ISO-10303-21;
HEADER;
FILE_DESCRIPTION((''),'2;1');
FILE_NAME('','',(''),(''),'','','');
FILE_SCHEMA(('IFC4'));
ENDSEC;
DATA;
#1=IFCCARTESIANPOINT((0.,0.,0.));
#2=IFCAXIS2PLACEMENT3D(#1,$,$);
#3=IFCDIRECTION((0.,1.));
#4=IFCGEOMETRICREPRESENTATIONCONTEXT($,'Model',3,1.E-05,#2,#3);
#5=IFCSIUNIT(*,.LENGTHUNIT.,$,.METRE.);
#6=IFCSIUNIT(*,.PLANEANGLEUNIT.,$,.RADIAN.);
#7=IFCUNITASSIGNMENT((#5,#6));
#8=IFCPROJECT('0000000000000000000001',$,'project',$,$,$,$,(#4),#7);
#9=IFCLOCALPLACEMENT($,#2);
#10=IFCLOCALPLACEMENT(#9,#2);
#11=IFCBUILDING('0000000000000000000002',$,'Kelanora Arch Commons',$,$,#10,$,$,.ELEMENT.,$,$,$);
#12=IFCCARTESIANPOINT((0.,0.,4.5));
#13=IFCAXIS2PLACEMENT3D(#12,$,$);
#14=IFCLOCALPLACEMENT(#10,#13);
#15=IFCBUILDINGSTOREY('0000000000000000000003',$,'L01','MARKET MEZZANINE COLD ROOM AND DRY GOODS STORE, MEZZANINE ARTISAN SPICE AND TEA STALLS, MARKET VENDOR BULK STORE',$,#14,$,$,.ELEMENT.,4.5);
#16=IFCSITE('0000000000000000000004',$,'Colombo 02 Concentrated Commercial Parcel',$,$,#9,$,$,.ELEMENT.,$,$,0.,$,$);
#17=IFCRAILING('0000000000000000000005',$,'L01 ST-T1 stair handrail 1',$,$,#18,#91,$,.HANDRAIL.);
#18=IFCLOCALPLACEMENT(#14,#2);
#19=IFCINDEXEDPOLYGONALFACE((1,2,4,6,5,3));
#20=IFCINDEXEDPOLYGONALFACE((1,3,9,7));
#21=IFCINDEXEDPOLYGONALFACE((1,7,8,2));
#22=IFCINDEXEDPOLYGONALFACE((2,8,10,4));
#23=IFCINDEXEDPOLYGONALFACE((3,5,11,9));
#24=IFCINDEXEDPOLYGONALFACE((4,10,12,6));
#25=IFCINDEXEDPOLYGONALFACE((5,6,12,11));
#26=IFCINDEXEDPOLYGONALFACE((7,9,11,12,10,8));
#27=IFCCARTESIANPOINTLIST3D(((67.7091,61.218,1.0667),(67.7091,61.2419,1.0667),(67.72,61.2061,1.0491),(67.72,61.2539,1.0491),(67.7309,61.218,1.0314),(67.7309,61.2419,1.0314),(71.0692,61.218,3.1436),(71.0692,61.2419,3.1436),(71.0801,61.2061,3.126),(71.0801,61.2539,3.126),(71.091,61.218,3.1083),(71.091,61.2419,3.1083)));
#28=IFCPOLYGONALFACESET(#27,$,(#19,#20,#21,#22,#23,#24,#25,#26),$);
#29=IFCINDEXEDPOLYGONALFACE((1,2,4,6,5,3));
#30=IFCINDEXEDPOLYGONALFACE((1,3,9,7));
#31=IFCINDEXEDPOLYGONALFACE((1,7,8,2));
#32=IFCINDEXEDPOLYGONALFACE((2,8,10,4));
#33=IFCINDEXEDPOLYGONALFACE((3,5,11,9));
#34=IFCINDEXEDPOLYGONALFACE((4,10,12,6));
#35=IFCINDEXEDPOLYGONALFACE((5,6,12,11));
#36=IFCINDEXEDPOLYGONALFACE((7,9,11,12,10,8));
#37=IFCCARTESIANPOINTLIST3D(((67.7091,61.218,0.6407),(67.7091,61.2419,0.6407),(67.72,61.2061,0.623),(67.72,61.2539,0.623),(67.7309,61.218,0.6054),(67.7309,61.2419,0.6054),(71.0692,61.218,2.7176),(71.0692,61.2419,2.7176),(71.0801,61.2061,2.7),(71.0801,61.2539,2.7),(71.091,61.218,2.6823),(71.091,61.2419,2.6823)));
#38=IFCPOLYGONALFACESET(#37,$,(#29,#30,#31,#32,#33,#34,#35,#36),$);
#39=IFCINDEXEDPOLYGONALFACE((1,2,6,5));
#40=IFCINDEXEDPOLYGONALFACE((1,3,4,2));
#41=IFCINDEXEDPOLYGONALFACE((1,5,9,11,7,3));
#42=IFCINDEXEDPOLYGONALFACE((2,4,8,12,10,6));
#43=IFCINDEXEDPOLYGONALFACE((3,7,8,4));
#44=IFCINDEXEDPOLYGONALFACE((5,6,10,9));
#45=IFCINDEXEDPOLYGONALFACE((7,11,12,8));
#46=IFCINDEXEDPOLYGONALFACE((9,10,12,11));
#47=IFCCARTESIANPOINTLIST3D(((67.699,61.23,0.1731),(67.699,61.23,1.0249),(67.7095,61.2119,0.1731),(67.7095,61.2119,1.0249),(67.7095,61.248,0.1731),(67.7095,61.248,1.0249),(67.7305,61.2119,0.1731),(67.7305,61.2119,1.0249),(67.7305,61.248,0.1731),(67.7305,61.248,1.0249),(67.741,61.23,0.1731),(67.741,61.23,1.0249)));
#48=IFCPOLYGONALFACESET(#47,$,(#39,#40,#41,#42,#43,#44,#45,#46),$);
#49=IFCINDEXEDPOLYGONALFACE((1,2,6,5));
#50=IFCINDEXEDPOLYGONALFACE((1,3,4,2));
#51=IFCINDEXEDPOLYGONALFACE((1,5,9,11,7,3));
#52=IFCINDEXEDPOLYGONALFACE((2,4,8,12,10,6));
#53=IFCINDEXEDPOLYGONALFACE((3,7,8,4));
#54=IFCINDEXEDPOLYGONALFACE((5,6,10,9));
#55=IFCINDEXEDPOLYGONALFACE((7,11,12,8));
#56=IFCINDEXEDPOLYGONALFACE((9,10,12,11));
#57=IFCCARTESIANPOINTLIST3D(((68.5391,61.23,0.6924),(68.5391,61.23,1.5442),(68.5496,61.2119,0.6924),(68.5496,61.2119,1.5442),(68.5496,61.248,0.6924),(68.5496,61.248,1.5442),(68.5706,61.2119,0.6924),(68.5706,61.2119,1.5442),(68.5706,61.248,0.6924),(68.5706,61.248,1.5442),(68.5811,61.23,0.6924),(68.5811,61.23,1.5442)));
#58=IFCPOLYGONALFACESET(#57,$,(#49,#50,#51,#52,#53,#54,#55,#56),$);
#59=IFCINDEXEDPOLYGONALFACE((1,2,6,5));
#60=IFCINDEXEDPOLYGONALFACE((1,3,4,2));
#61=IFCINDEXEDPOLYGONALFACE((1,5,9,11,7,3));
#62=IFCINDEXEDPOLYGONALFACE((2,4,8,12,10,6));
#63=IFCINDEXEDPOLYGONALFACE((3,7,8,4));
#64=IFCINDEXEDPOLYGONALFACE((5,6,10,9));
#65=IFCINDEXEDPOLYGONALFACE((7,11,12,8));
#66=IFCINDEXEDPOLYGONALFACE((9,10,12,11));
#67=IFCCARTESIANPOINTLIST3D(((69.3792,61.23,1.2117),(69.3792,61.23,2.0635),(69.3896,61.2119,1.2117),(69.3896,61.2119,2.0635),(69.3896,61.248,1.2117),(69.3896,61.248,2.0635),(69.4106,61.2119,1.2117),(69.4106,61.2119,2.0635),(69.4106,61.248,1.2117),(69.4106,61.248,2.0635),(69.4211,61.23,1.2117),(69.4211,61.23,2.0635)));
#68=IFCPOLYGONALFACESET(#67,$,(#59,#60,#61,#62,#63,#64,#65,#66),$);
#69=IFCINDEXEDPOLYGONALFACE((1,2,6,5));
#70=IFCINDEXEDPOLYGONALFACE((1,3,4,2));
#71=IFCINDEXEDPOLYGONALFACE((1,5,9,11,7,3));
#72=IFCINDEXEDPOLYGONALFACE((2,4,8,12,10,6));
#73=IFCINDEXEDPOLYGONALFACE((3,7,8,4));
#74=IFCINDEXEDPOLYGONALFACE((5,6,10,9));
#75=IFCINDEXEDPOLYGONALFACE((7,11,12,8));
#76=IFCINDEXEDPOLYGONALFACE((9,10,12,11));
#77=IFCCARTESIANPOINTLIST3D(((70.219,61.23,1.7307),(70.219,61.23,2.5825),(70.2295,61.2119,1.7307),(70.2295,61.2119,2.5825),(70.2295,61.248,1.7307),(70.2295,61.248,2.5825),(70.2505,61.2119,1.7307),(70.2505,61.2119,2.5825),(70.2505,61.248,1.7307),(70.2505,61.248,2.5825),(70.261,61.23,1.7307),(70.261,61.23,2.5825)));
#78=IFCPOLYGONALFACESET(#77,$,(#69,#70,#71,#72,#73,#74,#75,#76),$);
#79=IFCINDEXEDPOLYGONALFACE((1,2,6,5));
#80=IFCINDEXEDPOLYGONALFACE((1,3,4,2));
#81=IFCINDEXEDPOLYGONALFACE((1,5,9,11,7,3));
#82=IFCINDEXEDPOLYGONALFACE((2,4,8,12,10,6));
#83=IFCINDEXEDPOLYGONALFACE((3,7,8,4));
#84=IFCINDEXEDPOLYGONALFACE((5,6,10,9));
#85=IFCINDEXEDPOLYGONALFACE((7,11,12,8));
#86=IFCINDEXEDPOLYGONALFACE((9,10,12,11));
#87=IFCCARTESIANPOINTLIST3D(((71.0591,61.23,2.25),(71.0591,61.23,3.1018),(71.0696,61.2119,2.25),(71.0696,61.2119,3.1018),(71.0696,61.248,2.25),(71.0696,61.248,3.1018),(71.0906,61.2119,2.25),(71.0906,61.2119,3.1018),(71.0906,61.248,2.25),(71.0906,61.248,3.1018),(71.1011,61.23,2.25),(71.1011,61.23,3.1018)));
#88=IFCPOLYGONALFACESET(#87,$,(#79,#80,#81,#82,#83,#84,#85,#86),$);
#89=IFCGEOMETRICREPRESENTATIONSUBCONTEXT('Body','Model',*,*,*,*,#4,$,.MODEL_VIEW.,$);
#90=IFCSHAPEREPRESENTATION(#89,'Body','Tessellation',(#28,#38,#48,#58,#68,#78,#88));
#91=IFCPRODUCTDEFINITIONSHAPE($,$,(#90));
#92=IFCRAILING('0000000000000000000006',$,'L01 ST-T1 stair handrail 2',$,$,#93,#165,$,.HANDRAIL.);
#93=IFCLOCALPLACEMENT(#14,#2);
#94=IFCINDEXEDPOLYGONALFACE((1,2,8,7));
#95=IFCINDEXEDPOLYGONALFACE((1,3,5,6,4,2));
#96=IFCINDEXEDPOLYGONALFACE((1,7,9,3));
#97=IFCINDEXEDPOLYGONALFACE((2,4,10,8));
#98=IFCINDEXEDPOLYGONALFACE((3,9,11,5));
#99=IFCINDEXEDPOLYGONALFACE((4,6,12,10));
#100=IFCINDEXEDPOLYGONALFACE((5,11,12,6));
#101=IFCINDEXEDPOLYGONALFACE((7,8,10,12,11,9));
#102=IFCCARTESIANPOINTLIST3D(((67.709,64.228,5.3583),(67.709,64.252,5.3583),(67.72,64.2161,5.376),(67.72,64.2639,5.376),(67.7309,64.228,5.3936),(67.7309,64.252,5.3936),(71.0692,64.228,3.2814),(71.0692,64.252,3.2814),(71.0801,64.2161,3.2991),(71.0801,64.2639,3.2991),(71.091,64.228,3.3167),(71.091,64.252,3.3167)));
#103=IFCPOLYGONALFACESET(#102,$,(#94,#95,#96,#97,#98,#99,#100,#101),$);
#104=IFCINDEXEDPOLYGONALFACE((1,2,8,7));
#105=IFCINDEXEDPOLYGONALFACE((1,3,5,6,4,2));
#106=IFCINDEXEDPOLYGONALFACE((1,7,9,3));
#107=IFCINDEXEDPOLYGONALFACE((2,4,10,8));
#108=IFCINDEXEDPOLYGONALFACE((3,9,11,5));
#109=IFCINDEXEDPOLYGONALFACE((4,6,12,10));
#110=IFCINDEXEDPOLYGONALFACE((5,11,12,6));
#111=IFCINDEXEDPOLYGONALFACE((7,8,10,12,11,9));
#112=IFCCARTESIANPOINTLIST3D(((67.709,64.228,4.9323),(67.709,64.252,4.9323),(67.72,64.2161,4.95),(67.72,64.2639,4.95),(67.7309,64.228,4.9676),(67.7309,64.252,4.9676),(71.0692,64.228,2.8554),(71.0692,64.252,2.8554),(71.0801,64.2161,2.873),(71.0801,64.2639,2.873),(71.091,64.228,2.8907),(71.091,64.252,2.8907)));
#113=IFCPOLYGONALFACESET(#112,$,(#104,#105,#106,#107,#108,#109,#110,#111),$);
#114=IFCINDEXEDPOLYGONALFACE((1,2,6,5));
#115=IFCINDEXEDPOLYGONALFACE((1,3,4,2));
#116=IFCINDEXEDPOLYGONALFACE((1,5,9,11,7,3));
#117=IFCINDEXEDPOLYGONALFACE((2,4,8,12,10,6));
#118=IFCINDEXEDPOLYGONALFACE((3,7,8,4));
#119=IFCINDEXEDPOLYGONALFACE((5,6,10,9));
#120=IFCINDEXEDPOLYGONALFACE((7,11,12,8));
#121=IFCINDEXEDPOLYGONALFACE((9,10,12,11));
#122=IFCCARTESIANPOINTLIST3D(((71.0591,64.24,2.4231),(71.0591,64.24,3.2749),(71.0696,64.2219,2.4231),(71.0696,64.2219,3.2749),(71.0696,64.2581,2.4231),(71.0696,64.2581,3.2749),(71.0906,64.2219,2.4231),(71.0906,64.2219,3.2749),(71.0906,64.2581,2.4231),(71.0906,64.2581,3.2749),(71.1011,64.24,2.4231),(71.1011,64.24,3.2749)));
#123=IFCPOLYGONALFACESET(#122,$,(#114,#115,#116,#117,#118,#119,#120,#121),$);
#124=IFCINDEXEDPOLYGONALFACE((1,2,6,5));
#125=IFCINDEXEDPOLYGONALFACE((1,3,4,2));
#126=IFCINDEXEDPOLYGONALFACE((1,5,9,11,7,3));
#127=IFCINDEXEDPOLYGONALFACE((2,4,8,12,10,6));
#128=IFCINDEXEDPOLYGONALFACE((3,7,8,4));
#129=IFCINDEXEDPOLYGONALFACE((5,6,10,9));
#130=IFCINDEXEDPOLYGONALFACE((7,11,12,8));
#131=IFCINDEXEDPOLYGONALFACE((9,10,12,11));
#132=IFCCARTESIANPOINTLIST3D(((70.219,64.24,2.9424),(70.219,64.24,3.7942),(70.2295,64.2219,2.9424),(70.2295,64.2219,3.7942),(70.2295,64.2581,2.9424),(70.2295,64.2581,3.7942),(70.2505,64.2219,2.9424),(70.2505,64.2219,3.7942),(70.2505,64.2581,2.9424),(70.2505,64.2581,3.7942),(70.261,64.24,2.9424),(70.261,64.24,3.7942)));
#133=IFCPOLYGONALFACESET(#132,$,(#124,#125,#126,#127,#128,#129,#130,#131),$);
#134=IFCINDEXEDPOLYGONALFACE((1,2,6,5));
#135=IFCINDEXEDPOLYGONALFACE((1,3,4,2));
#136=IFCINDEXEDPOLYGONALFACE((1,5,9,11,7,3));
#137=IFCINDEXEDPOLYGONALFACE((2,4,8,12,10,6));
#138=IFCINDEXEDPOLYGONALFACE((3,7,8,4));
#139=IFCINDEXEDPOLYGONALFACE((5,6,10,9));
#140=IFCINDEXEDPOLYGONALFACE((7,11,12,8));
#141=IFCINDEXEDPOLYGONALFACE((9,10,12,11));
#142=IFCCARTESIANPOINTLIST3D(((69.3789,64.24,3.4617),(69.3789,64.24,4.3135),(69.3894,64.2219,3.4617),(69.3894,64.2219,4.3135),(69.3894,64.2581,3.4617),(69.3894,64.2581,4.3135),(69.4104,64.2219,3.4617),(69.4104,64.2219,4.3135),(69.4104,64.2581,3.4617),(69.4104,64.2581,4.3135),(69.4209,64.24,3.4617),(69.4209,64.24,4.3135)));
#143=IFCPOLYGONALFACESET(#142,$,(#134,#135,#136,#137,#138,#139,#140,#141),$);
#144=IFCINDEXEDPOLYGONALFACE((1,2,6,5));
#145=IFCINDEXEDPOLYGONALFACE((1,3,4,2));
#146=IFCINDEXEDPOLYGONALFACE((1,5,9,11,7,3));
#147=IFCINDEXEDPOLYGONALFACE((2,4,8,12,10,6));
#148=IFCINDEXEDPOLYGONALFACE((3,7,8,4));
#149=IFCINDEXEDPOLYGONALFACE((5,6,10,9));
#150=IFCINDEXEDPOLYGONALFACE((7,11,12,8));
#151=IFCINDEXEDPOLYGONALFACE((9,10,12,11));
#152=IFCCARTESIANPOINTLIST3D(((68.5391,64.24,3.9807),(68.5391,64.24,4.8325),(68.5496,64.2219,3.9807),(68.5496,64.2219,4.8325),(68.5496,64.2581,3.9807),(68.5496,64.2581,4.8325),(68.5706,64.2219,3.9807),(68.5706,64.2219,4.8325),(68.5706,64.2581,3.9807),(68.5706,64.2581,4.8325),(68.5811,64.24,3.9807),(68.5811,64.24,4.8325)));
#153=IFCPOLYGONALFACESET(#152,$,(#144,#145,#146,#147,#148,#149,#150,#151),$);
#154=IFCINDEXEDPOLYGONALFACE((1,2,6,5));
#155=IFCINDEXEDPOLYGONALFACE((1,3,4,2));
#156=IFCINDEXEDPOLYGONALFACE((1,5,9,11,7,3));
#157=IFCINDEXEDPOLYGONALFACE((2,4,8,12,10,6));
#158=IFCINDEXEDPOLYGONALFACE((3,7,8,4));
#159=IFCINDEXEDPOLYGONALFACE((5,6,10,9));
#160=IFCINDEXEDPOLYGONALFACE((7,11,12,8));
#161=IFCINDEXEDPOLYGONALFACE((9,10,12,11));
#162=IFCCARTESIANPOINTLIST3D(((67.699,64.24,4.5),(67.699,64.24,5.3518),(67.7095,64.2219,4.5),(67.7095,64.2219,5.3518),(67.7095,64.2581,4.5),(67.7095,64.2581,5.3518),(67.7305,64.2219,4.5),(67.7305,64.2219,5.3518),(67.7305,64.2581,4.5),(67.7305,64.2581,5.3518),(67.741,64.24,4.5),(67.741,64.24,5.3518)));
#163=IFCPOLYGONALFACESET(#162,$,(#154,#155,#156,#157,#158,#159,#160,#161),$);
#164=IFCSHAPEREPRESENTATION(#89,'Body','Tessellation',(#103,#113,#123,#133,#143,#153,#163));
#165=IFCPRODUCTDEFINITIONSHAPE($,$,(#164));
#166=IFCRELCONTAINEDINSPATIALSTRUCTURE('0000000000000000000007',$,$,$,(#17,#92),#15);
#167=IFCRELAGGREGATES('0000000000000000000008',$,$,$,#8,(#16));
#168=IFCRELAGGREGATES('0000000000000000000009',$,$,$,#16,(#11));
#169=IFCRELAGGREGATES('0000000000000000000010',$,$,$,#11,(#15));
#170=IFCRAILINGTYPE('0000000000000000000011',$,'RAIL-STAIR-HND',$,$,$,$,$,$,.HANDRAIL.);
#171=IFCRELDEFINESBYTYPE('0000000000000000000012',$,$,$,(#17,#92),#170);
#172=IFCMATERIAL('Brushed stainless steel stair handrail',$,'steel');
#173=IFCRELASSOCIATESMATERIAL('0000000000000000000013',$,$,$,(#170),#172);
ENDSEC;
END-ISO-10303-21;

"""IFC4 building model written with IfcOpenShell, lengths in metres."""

from ifc_helpers import new_model, si_unit, direction, frame, origin, place, context, subcontext, project, spatial, polyline, outline, extrude, material, type_object, element, save


model = new_model("IFC4")

# Units and contexts
model_context = context("Model", 3, precision=1e-05, world=origin(), true_north=direction((0.0, 1.0)))
body_context = subcontext(model_context, "Body", "Model", "MODEL_VIEW")
ifc_project = project(units=[si_unit("LENGTHUNIT", "METRE"), si_unit("PLANEANGLEUNIT", "RADIAN")], contexts=[model_context])

# Site, building, storey
site_placement = place(None, origin())
site = spatial("IfcSite", under=ifc_project, at=site_placement, Name="Colombo 02 Concentrated Commercial Parcel", CompositionType="ELEMENT", RefElevation=0.0)
building_placement = place(site_placement, origin())
building = spatial("IfcBuilding", under=site, at=building_placement, Name="Kelanora Arch Commons", CompositionType="ELEMENT")
storey_placement = place(building_placement, frame((0.0, 0.0, 4.5)))
storey = spatial("IfcBuildingStorey", under=building, at=storey_placement, Name="L01", Description="MARKET MEZZANINE COLD ROOM AND DRY GOODS STORE, MEZZANINE ARTISAN SPICE AND TEA STALLS, MARKET VENDOR BULK STORE", CompositionType="ELEMENT", Elevation=4.5)

# Railings
ifc_material_1 = material(Name="Brushed stainless steel stair handrail", Category="steel")
railing_type_1 = type_object("IfcRailingType", Name="RAIL-STAIR-HND", PredefinedType="HANDRAIL", material=ifc_material_1)
railing_1_placement = place(storey_placement, frame((67.72, 61.23, 0.1731)))
element("IfcRailing", 1, at=railing_1_placement, inside=storey, type_object=railing_type_1, Name="L01 ST-T1 stair handrail 1", PredefinedType="HANDRAIL", context=body_context, shape_type="SweptSolid", body=[
    extrude(outline(polyline([(0.0239, 0.0), (0.012, 0.0208), (-0.012, 0.0208), (-0.0239, 0.0), (-0.012, -0.0208), (0.012, -0.0208), (0.0239, 0.0)])), frame((0.0, 0.0, 0.876), z_axis=(0.850623, 0.0, 0.525776), x_axis=(0.0, 1.0, 0.0)), (0.0, 0.0, 1.0), 3.9502),
    extrude(outline(polyline([(0.0239, 0.0), (0.012, 0.0208), (-0.012, 0.0208), (-0.0239, 0.0), (-0.012, -0.0208), (0.012, -0.0208), (0.0239, 0.0)])), frame((0.0, 0.0, 0.45), z_axis=(0.850623, 0.0, 0.525776), x_axis=(0.0, 1.0, 0.0)), (0.0, 0.0, 1.0), 3.9502),
    extrude(outline(polyline([(0.021, 0.0), (0.0105, 0.0181), (-0.0105, 0.0181), (-0.021, 0.0), (-0.0105, -0.0181), (0.0105, -0.0181), (0.021, 0.0)])), origin(), (0.0, 0.0, 1.0), 0.8518),
    extrude(outline(polyline([(0.021, 0.0), (0.0105, 0.0181), (-0.0105, 0.0181), (-0.021, 0.0), (-0.0105, -0.0181), (0.0105, -0.0181), (0.021, 0.0)])), frame((0.8401, 0.0, 0.5193)), (0.0, 0.0, 1.0), 0.8518),
    extrude(outline(polyline([(0.021, 0.0), (0.0105, 0.0181), (-0.0105, 0.0181), (-0.021, 0.0), (-0.0105, -0.0181), (0.0105, -0.0181), (0.021, 0.0)])), frame((1.6802, 0.0, 1.0386)), (0.0, 0.0, 1.0), 0.8518),
    extrude(outline(polyline([(0.021, 0.0), (0.0105, 0.0181), (-0.0105, 0.0181), (-0.021, 0.0), (-0.0105, -0.0181), (0.0105, -0.0181), (0.021, 0.0)])), frame((2.52, 0.0, 1.5576)), (0.0, 0.0, 1.0), 0.8518),
    extrude(outline(polyline([(0.021, 0.0), (0.0105, 0.0181), (-0.0105, 0.0181), (-0.021, 0.0), (-0.0105, -0.0181), (0.0105, -0.0181), (0.021, 0.0)])), frame((3.3601, 0.0, 2.0769)), (0.0, 0.0, 1.0), 0.8518),
])
railing_2_placement = place(storey_placement, frame((71.0801, 64.24, 2.4231)))
element("IfcRailing", 2, at=railing_2_placement, inside=storey, type_object=railing_type_1, Name="L01 ST-T1 stair handrail 2", PredefinedType="HANDRAIL", context=body_context, shape_type="SweptSolid", body=[
    extrude(outline(polyline([(0.0239, 0.0), (0.012, 0.0208), (-0.012, 0.0208), (-0.0239, 0.0), (-0.012, -0.0208), (0.012, -0.0208), (0.0239, 0.0)])), frame((0.0, 0.0, 0.876), z_axis=(-0.850623, 0.0, 0.525776), x_axis=(0.0, -1.0, 0.0)), (0.0, 0.0, 1.0), 3.9502),
    extrude(outline(polyline([(0.0239, 0.0), (0.012, 0.0208), (-0.012, 0.0208), (-0.0239, 0.0), (-0.012, -0.0208), (0.012, -0.0208), (0.0239, 0.0)])), frame((0.0, 0.0, 0.45), z_axis=(-0.850623, 0.0, 0.525776), x_axis=(0.0, -1.0, 0.0)), (0.0, 0.0, 1.0), 3.9502),
    extrude(outline(polyline([(0.021, 0.0), (0.0105, 0.0181), (-0.0105, 0.0181), (-0.021, 0.0), (-0.0105, -0.0181), (0.0105, -0.0181), (0.021, 0.0)])), origin(), (0.0, 0.0, 1.0), 0.8518),
    extrude(outline(polyline([(0.021, 0.0), (0.0105, 0.0181), (-0.0105, 0.0181), (-0.021, 0.0), (-0.0105, -0.0181), (0.0105, -0.0181), (0.021, 0.0)])), frame((-0.8401, 0.0, 0.5193)), (0.0, 0.0, 1.0), 0.8518),
    extrude(outline(polyline([(0.021, 0.0), (0.0105, 0.0181), (-0.0105, 0.0181), (-0.021, 0.0), (-0.0105, -0.0181), (0.0105, -0.0181), (0.021, 0.0)])), frame((-1.6802, 0.0, 1.0386)), (0.0, 0.0, 1.0), 0.8518),
    extrude(outline(polyline([(0.021, 0.0), (0.0105, 0.0181), (-0.0105, 0.0181), (-0.021, 0.0), (-0.0105, -0.0181), (0.0105, -0.0181), (0.021, 0.0)])), frame((-2.52, 0.0, 1.5576)), (0.0, 0.0, 1.0), 0.8518),
    extrude(outline(polyline([(0.021, 0.0), (0.0105, 0.0181), (-0.0105, 0.0181), (-0.021, 0.0), (-0.0105, -0.0181), (0.0105, -0.0181), (0.021, 0.0)])), frame((-3.3601, 0.0, 2.0769)), (0.0, 0.0, 1.0), 0.8518),
])

save(model, "model.ifc")
